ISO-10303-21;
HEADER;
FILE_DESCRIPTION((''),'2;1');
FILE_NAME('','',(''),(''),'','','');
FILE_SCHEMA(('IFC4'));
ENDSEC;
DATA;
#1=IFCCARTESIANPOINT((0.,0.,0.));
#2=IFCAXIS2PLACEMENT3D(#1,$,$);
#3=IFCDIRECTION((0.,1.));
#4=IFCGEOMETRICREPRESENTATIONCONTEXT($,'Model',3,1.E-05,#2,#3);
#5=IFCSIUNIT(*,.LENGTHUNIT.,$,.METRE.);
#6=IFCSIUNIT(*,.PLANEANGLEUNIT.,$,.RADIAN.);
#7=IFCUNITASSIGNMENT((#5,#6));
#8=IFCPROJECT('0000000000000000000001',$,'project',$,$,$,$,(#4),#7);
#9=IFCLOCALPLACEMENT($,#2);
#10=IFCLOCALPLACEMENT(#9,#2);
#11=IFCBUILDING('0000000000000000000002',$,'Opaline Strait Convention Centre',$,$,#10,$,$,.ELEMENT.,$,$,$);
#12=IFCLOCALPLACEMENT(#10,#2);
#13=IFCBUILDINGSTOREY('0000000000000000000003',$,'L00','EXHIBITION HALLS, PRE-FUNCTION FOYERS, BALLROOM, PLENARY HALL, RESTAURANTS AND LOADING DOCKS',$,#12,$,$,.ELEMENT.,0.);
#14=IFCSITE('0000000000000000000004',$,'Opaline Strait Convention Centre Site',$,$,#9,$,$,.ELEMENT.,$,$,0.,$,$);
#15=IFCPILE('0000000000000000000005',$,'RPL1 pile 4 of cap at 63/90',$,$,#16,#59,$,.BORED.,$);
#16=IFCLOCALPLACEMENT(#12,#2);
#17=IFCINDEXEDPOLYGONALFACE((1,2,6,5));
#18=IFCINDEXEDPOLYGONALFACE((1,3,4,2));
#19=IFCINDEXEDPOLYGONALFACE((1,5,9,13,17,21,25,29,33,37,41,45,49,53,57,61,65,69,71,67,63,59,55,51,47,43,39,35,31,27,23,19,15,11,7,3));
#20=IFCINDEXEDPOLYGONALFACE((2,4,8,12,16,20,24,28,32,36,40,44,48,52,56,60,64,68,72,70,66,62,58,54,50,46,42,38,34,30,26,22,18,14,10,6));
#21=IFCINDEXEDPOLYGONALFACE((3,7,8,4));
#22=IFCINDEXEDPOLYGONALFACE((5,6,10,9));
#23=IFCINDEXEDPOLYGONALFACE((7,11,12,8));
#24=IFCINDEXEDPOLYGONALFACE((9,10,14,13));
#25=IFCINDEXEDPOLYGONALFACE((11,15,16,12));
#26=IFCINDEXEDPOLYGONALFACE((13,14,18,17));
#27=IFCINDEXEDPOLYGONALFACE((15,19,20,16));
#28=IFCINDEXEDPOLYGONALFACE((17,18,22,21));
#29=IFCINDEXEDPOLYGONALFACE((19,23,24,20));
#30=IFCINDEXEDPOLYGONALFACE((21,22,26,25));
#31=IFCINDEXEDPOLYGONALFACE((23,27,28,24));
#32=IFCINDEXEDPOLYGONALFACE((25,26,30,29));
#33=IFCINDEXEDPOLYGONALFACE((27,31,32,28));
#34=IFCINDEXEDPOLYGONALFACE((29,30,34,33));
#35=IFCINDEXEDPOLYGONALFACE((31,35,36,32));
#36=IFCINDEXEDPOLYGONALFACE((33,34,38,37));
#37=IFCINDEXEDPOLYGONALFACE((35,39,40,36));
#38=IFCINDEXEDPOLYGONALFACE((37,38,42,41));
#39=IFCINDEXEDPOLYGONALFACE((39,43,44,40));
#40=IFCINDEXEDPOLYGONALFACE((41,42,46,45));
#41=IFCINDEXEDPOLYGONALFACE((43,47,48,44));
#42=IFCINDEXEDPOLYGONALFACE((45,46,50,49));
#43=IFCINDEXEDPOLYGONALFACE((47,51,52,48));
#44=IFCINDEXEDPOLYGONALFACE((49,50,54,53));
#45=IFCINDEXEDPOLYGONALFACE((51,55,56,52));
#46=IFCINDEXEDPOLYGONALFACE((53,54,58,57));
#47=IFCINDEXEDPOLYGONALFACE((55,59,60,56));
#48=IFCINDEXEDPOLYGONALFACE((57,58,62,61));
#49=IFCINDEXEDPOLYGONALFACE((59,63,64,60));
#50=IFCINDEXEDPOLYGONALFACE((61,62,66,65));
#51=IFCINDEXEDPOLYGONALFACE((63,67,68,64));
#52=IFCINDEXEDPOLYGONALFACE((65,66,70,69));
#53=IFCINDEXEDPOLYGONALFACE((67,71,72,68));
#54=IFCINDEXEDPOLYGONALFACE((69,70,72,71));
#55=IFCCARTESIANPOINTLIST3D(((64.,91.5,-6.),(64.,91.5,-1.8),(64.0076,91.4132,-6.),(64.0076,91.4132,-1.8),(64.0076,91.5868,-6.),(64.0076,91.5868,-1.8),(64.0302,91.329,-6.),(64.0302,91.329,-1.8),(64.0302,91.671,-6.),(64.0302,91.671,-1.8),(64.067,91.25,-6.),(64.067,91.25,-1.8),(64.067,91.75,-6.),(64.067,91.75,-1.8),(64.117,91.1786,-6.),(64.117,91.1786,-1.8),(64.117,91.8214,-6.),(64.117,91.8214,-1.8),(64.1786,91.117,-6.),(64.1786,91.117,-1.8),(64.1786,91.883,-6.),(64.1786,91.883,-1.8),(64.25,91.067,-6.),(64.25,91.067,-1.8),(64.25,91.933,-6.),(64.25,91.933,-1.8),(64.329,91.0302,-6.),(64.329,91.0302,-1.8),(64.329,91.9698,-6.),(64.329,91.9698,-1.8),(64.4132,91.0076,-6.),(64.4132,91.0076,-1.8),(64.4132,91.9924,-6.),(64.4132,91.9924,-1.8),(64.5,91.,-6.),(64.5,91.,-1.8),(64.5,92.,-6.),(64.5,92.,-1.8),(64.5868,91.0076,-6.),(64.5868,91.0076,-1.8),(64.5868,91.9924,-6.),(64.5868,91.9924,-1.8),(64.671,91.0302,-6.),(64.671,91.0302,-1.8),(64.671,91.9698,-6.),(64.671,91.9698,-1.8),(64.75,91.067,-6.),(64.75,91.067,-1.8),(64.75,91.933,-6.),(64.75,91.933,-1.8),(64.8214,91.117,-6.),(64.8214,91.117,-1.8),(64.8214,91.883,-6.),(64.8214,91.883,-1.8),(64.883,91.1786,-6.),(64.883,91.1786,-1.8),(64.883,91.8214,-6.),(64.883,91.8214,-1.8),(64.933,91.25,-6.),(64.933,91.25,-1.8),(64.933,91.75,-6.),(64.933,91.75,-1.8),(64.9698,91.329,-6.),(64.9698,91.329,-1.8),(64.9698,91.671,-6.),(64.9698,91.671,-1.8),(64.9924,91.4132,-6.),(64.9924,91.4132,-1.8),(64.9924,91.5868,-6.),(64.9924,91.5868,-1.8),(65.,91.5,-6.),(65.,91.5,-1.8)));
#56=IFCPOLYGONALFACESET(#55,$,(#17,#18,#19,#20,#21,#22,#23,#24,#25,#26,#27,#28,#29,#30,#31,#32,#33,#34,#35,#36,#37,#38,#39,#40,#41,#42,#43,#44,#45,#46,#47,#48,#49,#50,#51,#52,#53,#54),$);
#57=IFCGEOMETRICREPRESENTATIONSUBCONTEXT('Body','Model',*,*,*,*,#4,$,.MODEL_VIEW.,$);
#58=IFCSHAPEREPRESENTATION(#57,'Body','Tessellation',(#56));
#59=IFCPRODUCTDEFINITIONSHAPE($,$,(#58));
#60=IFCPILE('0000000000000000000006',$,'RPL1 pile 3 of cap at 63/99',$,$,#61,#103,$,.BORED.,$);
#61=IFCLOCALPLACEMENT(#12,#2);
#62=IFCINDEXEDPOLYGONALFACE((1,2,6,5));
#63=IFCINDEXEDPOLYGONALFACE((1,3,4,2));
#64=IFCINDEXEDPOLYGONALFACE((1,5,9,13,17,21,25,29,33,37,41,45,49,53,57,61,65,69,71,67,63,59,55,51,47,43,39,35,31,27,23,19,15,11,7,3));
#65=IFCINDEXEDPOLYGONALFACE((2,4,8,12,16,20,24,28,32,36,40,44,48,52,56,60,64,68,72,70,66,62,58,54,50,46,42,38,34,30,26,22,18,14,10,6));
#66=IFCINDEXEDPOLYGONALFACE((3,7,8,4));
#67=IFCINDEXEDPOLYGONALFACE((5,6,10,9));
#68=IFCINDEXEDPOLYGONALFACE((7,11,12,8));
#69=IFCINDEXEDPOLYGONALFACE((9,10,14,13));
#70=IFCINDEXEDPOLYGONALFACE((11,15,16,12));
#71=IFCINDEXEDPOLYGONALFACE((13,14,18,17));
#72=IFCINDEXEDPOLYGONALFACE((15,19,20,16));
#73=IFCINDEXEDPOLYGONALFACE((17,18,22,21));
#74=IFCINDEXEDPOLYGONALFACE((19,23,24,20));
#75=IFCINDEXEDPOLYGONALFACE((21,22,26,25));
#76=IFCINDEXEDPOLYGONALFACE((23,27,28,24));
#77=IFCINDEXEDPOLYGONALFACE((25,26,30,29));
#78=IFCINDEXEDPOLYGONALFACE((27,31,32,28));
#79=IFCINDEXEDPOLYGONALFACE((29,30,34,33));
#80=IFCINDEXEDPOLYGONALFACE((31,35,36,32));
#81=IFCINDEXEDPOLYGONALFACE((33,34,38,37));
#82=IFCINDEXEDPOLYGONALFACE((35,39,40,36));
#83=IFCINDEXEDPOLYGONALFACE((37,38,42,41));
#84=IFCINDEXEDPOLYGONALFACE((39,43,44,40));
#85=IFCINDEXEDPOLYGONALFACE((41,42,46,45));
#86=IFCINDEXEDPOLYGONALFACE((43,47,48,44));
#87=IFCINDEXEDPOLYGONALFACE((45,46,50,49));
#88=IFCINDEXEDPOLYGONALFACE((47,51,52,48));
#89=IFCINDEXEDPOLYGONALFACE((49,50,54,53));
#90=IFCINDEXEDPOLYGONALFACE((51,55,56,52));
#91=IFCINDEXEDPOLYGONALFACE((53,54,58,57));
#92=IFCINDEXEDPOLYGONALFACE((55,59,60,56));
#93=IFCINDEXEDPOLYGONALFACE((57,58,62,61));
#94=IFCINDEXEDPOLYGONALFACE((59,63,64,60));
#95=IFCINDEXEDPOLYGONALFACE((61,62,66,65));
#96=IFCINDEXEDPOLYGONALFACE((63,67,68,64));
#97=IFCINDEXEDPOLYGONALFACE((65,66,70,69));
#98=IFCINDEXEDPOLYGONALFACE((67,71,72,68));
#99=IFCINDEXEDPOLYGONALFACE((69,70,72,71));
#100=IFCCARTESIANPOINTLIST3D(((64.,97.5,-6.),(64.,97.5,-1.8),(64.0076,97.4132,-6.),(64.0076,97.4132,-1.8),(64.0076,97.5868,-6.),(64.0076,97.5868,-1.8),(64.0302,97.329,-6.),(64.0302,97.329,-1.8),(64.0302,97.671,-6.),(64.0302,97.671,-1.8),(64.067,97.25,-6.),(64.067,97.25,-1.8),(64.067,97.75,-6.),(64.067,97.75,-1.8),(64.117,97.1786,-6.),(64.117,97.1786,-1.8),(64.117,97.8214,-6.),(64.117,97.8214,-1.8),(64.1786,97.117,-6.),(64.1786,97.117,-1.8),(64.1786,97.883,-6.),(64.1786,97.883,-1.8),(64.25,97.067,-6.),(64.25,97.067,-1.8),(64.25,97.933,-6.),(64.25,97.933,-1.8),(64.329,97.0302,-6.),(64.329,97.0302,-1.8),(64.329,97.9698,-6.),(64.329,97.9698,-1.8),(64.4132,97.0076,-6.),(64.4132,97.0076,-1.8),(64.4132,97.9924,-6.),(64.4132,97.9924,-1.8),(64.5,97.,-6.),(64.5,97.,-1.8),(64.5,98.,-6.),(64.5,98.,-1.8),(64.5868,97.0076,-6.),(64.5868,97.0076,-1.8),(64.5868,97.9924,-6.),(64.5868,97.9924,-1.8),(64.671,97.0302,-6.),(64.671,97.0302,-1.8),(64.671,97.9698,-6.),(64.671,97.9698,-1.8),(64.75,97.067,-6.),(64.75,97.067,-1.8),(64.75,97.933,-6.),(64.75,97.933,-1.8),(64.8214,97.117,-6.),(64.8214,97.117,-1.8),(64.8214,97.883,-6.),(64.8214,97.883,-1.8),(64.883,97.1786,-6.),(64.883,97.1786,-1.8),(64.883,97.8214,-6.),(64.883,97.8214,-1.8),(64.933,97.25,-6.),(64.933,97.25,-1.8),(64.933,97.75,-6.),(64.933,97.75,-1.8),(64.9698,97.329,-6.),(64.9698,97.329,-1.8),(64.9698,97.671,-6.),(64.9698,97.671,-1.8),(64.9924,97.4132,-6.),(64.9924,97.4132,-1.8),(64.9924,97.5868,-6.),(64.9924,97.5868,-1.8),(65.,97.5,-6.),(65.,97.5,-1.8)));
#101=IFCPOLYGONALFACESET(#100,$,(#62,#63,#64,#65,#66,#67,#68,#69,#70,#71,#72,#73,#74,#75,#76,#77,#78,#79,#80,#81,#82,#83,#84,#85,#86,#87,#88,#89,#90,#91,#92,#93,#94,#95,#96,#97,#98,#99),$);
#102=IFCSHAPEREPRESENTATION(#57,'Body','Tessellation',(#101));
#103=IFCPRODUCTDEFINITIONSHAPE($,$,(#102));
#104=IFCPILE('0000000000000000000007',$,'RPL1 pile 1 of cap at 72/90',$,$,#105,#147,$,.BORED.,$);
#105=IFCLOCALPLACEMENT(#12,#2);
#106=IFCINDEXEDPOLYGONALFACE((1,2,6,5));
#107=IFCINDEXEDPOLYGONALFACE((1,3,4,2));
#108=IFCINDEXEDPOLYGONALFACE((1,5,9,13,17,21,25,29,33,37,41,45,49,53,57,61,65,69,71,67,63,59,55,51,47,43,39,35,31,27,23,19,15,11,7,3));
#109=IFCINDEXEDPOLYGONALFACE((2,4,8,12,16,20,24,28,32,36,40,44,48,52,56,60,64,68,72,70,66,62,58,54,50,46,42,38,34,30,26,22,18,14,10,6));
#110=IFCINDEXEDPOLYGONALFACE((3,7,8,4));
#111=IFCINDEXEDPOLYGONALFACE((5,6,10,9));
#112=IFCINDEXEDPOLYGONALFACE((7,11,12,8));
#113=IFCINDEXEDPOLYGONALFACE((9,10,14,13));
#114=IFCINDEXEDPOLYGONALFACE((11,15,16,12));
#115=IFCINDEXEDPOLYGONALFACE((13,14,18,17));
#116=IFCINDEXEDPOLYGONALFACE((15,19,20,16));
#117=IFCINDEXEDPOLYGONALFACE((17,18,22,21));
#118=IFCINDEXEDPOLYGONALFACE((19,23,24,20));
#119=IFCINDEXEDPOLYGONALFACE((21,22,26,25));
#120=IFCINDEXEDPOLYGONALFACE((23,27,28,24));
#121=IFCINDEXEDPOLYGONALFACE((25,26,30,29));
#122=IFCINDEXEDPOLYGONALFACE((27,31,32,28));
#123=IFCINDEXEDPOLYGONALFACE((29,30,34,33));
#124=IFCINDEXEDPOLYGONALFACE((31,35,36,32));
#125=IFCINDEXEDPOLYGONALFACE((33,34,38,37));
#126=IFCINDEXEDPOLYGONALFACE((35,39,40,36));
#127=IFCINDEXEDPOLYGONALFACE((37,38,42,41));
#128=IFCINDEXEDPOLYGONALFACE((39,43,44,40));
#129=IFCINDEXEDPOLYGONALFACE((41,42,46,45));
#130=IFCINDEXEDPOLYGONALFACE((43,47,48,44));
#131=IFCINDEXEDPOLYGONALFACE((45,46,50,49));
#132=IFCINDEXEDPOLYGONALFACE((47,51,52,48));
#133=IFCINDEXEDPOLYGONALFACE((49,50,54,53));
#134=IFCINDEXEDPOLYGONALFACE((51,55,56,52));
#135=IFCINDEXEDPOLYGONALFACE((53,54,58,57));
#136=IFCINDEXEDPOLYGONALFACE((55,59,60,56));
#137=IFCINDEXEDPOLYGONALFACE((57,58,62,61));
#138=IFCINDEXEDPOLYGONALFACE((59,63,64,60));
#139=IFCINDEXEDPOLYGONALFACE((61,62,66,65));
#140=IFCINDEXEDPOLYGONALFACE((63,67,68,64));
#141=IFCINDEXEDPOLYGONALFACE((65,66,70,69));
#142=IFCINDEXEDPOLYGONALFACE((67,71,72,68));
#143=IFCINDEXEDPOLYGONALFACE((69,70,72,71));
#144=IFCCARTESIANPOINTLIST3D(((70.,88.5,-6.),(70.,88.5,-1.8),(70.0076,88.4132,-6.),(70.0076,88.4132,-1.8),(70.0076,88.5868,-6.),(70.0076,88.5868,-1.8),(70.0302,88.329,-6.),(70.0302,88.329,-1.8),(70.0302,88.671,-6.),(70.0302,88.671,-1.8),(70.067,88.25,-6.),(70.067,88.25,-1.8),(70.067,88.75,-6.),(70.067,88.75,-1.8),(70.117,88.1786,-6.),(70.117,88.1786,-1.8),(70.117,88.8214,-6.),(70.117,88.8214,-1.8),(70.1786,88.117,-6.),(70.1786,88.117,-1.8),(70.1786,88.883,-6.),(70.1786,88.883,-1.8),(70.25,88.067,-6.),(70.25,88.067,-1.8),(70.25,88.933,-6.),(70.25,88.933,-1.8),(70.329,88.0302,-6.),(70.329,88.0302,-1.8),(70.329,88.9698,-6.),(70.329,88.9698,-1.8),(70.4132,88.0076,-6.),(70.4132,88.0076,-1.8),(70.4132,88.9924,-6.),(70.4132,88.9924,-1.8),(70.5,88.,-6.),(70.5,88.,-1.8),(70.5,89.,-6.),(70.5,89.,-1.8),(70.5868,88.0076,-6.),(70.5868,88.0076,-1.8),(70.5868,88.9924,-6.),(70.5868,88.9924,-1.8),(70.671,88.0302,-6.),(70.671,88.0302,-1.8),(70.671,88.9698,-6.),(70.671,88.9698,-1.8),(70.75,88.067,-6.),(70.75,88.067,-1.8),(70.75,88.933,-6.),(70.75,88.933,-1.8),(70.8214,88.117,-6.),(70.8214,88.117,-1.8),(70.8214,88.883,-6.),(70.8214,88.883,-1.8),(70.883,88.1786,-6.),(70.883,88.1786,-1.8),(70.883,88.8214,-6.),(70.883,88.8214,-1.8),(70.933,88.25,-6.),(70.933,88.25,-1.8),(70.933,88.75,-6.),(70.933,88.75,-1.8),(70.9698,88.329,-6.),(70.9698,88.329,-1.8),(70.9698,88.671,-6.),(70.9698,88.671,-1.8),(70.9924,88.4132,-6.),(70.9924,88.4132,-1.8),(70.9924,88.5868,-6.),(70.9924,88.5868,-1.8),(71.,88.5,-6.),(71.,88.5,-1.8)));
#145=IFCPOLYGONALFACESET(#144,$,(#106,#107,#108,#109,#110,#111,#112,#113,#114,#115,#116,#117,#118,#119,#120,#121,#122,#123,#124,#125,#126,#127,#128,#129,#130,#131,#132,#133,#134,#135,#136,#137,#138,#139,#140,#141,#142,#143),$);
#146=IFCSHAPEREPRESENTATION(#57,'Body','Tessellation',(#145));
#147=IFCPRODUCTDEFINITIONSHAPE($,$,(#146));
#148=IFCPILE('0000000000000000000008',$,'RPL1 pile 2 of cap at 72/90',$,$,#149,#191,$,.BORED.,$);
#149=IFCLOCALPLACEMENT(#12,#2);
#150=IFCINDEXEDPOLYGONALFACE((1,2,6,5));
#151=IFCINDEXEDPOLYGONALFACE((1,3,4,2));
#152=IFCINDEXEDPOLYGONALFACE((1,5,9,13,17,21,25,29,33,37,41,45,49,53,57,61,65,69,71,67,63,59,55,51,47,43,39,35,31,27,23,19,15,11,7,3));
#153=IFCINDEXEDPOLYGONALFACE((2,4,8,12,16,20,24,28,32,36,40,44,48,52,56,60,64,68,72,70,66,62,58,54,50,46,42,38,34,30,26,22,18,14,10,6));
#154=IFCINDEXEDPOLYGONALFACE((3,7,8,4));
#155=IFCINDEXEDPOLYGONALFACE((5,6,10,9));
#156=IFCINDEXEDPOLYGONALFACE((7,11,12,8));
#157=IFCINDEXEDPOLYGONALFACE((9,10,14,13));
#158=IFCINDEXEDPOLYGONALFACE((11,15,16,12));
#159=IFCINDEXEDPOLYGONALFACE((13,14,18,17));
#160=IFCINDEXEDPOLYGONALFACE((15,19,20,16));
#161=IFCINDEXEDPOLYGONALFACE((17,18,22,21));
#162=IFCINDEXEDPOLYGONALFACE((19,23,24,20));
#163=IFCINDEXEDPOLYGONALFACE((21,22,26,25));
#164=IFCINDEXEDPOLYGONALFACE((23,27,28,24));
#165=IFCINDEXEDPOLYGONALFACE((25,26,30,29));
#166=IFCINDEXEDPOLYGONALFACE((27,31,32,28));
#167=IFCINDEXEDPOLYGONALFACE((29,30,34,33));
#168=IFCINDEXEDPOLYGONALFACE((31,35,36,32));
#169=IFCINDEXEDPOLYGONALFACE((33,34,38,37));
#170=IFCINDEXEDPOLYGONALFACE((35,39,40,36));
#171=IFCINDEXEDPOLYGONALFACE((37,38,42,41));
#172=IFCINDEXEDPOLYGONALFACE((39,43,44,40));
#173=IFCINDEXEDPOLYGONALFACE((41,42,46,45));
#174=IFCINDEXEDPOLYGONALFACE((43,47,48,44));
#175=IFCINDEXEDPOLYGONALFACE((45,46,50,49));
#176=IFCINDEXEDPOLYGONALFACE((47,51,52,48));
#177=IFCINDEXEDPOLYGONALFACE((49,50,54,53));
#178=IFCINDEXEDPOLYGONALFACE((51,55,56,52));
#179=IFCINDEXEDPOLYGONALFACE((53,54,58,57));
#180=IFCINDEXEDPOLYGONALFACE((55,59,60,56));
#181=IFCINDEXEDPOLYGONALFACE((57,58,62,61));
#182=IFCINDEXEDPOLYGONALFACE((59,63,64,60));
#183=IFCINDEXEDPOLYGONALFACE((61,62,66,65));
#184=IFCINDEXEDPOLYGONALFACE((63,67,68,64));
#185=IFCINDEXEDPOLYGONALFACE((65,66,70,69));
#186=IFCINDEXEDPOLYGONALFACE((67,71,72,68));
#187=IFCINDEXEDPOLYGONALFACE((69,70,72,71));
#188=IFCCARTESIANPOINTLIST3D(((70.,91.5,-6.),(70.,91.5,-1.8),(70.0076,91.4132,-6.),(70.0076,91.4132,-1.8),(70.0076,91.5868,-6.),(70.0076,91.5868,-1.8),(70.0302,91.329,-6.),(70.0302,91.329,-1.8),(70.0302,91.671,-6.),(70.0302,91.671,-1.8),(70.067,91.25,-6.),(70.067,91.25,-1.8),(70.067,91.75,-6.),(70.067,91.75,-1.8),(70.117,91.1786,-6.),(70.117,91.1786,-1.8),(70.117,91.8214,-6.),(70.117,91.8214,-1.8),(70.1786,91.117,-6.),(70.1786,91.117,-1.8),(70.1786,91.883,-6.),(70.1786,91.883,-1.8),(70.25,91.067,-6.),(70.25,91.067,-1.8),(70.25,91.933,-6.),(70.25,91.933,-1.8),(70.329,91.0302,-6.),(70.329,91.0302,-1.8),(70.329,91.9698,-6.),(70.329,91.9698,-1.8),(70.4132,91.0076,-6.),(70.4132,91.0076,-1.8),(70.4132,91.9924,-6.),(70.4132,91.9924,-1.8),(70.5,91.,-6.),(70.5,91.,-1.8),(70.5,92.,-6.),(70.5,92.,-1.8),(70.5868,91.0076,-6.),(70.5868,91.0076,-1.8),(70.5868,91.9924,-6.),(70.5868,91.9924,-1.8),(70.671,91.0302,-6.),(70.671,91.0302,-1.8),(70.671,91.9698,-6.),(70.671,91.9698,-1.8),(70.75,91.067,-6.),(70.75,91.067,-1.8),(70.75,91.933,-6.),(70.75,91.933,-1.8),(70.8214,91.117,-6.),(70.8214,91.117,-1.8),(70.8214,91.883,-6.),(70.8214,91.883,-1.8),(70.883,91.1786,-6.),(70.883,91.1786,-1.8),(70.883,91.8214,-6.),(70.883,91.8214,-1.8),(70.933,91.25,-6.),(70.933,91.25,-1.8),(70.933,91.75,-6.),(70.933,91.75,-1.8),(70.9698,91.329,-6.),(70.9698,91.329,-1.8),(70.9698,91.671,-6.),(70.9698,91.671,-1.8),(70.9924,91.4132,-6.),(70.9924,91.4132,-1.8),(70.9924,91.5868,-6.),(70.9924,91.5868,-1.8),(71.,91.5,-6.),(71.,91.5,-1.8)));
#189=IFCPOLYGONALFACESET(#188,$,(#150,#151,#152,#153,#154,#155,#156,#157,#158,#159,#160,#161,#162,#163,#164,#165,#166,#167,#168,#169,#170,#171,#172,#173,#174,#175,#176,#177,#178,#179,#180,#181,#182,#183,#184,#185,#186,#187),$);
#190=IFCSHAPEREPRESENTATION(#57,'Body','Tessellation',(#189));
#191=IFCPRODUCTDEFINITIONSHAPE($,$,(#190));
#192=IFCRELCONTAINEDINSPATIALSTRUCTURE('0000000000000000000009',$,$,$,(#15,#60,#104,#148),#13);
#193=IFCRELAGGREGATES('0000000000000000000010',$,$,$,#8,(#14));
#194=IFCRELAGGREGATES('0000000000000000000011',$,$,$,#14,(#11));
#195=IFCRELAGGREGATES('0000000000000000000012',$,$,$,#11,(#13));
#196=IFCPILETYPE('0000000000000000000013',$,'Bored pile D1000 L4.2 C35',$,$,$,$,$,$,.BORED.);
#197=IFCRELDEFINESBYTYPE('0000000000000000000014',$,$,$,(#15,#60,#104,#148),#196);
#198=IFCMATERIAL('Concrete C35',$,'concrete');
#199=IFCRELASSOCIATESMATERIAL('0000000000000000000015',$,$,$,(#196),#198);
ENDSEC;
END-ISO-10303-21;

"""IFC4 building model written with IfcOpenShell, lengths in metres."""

from ifc_helpers import new_model, si_unit, direction, frame, origin, origin_2d, place, context, subcontext, project, spatial, circle, extrude, material, material_profile, profile_set, type_object, element, save


model = new_model("IFC4")

# Units and contexts
model_context = context("Model", 3, precision=1e-05, world=origin(), true_north=direction((0.0, 1.0)))
body_context = subcontext(model_context, "Body", "Model", "MODEL_VIEW")
ifc_project = project(units=[si_unit("LENGTHUNIT", "METRE"), si_unit("PLANEANGLEUNIT", "RADIAN")], contexts=[model_context])

# Site, building, storey
site_placement = place(None, origin())
site = spatial("IfcSite", under=ifc_project, at=site_placement, Name="Opaline Strait Convention Centre Site", CompositionType="ELEMENT", RefElevation=0.0)
building_placement = place(site_placement, origin())
building = spatial("IfcBuilding", under=site, at=building_placement, Name="Opaline Strait Convention Centre", CompositionType="ELEMENT")
storey_placement = place(building_placement, origin())
storey = spatial("IfcBuildingStorey", under=building, at=storey_placement, Name="L00", Description="EXHIBITION HALLS, PRE-FUNCTION FOYERS, BALLROOM, PLENARY HALL, RESTAURANTS AND LOADING DOCKS", CompositionType="ELEMENT", Elevation=0.0)

# Piles
ifc_material_1 = material(Name="Concrete C35", Category="concrete")
ifc_material_profile_1 = material_profile(ifc_material_1, circle(Radius=0.5, at=origin_2d()), Name="D1000")
ifc_profile_set_1 = profile_set([ifc_material_profile_1], Name="Concrete C35")
pile_type = type_object("IfcPileType", Name="Bored pile D1000 L4.2 C35", PredefinedType="BORED", material=ifc_profile_set_1)
for number, where, z_axis, x_axis, name in (
    (1, (64.5, 91.5, -1.8), (0.0, 0.0, -1.0), (1.0, 0.0, 0.0), "RPL1 pile 4 of cap at 63/90"),
    (2, (64.5, 97.5, -1.8), (0.0, 0.0, -1.0), (1.0, 0.0, 0.0), "RPL1 pile 3 of cap at 63/99"),
    (3, (70.5, 88.5, -1.8), (0.0, 0.0, -1.0), (1.0, 0.0, 0.0), "RPL1 pile 1 of cap at 72/90"),
    (4, (70.5, 91.5, -1.8), (0.0, 0.0, -1.0), (1.0, 0.0, 0.0), "RPL1 pile 2 of cap at 72/90"),
):
    element("IfcPile", number, at=place(storey_placement, frame(where, z_axis=z_axis, x_axis=x_axis)), inside=storey, type_object=pile_type, Name=name, PredefinedType="BORED", context=body_context, shape_type="SweptSolid", body=[
        extrude(circle(Radius=0.5, at=origin_2d()), origin(), (0.0, 0.0, 1.0), 4.2),
    ])

save(model, "model.ifc")
